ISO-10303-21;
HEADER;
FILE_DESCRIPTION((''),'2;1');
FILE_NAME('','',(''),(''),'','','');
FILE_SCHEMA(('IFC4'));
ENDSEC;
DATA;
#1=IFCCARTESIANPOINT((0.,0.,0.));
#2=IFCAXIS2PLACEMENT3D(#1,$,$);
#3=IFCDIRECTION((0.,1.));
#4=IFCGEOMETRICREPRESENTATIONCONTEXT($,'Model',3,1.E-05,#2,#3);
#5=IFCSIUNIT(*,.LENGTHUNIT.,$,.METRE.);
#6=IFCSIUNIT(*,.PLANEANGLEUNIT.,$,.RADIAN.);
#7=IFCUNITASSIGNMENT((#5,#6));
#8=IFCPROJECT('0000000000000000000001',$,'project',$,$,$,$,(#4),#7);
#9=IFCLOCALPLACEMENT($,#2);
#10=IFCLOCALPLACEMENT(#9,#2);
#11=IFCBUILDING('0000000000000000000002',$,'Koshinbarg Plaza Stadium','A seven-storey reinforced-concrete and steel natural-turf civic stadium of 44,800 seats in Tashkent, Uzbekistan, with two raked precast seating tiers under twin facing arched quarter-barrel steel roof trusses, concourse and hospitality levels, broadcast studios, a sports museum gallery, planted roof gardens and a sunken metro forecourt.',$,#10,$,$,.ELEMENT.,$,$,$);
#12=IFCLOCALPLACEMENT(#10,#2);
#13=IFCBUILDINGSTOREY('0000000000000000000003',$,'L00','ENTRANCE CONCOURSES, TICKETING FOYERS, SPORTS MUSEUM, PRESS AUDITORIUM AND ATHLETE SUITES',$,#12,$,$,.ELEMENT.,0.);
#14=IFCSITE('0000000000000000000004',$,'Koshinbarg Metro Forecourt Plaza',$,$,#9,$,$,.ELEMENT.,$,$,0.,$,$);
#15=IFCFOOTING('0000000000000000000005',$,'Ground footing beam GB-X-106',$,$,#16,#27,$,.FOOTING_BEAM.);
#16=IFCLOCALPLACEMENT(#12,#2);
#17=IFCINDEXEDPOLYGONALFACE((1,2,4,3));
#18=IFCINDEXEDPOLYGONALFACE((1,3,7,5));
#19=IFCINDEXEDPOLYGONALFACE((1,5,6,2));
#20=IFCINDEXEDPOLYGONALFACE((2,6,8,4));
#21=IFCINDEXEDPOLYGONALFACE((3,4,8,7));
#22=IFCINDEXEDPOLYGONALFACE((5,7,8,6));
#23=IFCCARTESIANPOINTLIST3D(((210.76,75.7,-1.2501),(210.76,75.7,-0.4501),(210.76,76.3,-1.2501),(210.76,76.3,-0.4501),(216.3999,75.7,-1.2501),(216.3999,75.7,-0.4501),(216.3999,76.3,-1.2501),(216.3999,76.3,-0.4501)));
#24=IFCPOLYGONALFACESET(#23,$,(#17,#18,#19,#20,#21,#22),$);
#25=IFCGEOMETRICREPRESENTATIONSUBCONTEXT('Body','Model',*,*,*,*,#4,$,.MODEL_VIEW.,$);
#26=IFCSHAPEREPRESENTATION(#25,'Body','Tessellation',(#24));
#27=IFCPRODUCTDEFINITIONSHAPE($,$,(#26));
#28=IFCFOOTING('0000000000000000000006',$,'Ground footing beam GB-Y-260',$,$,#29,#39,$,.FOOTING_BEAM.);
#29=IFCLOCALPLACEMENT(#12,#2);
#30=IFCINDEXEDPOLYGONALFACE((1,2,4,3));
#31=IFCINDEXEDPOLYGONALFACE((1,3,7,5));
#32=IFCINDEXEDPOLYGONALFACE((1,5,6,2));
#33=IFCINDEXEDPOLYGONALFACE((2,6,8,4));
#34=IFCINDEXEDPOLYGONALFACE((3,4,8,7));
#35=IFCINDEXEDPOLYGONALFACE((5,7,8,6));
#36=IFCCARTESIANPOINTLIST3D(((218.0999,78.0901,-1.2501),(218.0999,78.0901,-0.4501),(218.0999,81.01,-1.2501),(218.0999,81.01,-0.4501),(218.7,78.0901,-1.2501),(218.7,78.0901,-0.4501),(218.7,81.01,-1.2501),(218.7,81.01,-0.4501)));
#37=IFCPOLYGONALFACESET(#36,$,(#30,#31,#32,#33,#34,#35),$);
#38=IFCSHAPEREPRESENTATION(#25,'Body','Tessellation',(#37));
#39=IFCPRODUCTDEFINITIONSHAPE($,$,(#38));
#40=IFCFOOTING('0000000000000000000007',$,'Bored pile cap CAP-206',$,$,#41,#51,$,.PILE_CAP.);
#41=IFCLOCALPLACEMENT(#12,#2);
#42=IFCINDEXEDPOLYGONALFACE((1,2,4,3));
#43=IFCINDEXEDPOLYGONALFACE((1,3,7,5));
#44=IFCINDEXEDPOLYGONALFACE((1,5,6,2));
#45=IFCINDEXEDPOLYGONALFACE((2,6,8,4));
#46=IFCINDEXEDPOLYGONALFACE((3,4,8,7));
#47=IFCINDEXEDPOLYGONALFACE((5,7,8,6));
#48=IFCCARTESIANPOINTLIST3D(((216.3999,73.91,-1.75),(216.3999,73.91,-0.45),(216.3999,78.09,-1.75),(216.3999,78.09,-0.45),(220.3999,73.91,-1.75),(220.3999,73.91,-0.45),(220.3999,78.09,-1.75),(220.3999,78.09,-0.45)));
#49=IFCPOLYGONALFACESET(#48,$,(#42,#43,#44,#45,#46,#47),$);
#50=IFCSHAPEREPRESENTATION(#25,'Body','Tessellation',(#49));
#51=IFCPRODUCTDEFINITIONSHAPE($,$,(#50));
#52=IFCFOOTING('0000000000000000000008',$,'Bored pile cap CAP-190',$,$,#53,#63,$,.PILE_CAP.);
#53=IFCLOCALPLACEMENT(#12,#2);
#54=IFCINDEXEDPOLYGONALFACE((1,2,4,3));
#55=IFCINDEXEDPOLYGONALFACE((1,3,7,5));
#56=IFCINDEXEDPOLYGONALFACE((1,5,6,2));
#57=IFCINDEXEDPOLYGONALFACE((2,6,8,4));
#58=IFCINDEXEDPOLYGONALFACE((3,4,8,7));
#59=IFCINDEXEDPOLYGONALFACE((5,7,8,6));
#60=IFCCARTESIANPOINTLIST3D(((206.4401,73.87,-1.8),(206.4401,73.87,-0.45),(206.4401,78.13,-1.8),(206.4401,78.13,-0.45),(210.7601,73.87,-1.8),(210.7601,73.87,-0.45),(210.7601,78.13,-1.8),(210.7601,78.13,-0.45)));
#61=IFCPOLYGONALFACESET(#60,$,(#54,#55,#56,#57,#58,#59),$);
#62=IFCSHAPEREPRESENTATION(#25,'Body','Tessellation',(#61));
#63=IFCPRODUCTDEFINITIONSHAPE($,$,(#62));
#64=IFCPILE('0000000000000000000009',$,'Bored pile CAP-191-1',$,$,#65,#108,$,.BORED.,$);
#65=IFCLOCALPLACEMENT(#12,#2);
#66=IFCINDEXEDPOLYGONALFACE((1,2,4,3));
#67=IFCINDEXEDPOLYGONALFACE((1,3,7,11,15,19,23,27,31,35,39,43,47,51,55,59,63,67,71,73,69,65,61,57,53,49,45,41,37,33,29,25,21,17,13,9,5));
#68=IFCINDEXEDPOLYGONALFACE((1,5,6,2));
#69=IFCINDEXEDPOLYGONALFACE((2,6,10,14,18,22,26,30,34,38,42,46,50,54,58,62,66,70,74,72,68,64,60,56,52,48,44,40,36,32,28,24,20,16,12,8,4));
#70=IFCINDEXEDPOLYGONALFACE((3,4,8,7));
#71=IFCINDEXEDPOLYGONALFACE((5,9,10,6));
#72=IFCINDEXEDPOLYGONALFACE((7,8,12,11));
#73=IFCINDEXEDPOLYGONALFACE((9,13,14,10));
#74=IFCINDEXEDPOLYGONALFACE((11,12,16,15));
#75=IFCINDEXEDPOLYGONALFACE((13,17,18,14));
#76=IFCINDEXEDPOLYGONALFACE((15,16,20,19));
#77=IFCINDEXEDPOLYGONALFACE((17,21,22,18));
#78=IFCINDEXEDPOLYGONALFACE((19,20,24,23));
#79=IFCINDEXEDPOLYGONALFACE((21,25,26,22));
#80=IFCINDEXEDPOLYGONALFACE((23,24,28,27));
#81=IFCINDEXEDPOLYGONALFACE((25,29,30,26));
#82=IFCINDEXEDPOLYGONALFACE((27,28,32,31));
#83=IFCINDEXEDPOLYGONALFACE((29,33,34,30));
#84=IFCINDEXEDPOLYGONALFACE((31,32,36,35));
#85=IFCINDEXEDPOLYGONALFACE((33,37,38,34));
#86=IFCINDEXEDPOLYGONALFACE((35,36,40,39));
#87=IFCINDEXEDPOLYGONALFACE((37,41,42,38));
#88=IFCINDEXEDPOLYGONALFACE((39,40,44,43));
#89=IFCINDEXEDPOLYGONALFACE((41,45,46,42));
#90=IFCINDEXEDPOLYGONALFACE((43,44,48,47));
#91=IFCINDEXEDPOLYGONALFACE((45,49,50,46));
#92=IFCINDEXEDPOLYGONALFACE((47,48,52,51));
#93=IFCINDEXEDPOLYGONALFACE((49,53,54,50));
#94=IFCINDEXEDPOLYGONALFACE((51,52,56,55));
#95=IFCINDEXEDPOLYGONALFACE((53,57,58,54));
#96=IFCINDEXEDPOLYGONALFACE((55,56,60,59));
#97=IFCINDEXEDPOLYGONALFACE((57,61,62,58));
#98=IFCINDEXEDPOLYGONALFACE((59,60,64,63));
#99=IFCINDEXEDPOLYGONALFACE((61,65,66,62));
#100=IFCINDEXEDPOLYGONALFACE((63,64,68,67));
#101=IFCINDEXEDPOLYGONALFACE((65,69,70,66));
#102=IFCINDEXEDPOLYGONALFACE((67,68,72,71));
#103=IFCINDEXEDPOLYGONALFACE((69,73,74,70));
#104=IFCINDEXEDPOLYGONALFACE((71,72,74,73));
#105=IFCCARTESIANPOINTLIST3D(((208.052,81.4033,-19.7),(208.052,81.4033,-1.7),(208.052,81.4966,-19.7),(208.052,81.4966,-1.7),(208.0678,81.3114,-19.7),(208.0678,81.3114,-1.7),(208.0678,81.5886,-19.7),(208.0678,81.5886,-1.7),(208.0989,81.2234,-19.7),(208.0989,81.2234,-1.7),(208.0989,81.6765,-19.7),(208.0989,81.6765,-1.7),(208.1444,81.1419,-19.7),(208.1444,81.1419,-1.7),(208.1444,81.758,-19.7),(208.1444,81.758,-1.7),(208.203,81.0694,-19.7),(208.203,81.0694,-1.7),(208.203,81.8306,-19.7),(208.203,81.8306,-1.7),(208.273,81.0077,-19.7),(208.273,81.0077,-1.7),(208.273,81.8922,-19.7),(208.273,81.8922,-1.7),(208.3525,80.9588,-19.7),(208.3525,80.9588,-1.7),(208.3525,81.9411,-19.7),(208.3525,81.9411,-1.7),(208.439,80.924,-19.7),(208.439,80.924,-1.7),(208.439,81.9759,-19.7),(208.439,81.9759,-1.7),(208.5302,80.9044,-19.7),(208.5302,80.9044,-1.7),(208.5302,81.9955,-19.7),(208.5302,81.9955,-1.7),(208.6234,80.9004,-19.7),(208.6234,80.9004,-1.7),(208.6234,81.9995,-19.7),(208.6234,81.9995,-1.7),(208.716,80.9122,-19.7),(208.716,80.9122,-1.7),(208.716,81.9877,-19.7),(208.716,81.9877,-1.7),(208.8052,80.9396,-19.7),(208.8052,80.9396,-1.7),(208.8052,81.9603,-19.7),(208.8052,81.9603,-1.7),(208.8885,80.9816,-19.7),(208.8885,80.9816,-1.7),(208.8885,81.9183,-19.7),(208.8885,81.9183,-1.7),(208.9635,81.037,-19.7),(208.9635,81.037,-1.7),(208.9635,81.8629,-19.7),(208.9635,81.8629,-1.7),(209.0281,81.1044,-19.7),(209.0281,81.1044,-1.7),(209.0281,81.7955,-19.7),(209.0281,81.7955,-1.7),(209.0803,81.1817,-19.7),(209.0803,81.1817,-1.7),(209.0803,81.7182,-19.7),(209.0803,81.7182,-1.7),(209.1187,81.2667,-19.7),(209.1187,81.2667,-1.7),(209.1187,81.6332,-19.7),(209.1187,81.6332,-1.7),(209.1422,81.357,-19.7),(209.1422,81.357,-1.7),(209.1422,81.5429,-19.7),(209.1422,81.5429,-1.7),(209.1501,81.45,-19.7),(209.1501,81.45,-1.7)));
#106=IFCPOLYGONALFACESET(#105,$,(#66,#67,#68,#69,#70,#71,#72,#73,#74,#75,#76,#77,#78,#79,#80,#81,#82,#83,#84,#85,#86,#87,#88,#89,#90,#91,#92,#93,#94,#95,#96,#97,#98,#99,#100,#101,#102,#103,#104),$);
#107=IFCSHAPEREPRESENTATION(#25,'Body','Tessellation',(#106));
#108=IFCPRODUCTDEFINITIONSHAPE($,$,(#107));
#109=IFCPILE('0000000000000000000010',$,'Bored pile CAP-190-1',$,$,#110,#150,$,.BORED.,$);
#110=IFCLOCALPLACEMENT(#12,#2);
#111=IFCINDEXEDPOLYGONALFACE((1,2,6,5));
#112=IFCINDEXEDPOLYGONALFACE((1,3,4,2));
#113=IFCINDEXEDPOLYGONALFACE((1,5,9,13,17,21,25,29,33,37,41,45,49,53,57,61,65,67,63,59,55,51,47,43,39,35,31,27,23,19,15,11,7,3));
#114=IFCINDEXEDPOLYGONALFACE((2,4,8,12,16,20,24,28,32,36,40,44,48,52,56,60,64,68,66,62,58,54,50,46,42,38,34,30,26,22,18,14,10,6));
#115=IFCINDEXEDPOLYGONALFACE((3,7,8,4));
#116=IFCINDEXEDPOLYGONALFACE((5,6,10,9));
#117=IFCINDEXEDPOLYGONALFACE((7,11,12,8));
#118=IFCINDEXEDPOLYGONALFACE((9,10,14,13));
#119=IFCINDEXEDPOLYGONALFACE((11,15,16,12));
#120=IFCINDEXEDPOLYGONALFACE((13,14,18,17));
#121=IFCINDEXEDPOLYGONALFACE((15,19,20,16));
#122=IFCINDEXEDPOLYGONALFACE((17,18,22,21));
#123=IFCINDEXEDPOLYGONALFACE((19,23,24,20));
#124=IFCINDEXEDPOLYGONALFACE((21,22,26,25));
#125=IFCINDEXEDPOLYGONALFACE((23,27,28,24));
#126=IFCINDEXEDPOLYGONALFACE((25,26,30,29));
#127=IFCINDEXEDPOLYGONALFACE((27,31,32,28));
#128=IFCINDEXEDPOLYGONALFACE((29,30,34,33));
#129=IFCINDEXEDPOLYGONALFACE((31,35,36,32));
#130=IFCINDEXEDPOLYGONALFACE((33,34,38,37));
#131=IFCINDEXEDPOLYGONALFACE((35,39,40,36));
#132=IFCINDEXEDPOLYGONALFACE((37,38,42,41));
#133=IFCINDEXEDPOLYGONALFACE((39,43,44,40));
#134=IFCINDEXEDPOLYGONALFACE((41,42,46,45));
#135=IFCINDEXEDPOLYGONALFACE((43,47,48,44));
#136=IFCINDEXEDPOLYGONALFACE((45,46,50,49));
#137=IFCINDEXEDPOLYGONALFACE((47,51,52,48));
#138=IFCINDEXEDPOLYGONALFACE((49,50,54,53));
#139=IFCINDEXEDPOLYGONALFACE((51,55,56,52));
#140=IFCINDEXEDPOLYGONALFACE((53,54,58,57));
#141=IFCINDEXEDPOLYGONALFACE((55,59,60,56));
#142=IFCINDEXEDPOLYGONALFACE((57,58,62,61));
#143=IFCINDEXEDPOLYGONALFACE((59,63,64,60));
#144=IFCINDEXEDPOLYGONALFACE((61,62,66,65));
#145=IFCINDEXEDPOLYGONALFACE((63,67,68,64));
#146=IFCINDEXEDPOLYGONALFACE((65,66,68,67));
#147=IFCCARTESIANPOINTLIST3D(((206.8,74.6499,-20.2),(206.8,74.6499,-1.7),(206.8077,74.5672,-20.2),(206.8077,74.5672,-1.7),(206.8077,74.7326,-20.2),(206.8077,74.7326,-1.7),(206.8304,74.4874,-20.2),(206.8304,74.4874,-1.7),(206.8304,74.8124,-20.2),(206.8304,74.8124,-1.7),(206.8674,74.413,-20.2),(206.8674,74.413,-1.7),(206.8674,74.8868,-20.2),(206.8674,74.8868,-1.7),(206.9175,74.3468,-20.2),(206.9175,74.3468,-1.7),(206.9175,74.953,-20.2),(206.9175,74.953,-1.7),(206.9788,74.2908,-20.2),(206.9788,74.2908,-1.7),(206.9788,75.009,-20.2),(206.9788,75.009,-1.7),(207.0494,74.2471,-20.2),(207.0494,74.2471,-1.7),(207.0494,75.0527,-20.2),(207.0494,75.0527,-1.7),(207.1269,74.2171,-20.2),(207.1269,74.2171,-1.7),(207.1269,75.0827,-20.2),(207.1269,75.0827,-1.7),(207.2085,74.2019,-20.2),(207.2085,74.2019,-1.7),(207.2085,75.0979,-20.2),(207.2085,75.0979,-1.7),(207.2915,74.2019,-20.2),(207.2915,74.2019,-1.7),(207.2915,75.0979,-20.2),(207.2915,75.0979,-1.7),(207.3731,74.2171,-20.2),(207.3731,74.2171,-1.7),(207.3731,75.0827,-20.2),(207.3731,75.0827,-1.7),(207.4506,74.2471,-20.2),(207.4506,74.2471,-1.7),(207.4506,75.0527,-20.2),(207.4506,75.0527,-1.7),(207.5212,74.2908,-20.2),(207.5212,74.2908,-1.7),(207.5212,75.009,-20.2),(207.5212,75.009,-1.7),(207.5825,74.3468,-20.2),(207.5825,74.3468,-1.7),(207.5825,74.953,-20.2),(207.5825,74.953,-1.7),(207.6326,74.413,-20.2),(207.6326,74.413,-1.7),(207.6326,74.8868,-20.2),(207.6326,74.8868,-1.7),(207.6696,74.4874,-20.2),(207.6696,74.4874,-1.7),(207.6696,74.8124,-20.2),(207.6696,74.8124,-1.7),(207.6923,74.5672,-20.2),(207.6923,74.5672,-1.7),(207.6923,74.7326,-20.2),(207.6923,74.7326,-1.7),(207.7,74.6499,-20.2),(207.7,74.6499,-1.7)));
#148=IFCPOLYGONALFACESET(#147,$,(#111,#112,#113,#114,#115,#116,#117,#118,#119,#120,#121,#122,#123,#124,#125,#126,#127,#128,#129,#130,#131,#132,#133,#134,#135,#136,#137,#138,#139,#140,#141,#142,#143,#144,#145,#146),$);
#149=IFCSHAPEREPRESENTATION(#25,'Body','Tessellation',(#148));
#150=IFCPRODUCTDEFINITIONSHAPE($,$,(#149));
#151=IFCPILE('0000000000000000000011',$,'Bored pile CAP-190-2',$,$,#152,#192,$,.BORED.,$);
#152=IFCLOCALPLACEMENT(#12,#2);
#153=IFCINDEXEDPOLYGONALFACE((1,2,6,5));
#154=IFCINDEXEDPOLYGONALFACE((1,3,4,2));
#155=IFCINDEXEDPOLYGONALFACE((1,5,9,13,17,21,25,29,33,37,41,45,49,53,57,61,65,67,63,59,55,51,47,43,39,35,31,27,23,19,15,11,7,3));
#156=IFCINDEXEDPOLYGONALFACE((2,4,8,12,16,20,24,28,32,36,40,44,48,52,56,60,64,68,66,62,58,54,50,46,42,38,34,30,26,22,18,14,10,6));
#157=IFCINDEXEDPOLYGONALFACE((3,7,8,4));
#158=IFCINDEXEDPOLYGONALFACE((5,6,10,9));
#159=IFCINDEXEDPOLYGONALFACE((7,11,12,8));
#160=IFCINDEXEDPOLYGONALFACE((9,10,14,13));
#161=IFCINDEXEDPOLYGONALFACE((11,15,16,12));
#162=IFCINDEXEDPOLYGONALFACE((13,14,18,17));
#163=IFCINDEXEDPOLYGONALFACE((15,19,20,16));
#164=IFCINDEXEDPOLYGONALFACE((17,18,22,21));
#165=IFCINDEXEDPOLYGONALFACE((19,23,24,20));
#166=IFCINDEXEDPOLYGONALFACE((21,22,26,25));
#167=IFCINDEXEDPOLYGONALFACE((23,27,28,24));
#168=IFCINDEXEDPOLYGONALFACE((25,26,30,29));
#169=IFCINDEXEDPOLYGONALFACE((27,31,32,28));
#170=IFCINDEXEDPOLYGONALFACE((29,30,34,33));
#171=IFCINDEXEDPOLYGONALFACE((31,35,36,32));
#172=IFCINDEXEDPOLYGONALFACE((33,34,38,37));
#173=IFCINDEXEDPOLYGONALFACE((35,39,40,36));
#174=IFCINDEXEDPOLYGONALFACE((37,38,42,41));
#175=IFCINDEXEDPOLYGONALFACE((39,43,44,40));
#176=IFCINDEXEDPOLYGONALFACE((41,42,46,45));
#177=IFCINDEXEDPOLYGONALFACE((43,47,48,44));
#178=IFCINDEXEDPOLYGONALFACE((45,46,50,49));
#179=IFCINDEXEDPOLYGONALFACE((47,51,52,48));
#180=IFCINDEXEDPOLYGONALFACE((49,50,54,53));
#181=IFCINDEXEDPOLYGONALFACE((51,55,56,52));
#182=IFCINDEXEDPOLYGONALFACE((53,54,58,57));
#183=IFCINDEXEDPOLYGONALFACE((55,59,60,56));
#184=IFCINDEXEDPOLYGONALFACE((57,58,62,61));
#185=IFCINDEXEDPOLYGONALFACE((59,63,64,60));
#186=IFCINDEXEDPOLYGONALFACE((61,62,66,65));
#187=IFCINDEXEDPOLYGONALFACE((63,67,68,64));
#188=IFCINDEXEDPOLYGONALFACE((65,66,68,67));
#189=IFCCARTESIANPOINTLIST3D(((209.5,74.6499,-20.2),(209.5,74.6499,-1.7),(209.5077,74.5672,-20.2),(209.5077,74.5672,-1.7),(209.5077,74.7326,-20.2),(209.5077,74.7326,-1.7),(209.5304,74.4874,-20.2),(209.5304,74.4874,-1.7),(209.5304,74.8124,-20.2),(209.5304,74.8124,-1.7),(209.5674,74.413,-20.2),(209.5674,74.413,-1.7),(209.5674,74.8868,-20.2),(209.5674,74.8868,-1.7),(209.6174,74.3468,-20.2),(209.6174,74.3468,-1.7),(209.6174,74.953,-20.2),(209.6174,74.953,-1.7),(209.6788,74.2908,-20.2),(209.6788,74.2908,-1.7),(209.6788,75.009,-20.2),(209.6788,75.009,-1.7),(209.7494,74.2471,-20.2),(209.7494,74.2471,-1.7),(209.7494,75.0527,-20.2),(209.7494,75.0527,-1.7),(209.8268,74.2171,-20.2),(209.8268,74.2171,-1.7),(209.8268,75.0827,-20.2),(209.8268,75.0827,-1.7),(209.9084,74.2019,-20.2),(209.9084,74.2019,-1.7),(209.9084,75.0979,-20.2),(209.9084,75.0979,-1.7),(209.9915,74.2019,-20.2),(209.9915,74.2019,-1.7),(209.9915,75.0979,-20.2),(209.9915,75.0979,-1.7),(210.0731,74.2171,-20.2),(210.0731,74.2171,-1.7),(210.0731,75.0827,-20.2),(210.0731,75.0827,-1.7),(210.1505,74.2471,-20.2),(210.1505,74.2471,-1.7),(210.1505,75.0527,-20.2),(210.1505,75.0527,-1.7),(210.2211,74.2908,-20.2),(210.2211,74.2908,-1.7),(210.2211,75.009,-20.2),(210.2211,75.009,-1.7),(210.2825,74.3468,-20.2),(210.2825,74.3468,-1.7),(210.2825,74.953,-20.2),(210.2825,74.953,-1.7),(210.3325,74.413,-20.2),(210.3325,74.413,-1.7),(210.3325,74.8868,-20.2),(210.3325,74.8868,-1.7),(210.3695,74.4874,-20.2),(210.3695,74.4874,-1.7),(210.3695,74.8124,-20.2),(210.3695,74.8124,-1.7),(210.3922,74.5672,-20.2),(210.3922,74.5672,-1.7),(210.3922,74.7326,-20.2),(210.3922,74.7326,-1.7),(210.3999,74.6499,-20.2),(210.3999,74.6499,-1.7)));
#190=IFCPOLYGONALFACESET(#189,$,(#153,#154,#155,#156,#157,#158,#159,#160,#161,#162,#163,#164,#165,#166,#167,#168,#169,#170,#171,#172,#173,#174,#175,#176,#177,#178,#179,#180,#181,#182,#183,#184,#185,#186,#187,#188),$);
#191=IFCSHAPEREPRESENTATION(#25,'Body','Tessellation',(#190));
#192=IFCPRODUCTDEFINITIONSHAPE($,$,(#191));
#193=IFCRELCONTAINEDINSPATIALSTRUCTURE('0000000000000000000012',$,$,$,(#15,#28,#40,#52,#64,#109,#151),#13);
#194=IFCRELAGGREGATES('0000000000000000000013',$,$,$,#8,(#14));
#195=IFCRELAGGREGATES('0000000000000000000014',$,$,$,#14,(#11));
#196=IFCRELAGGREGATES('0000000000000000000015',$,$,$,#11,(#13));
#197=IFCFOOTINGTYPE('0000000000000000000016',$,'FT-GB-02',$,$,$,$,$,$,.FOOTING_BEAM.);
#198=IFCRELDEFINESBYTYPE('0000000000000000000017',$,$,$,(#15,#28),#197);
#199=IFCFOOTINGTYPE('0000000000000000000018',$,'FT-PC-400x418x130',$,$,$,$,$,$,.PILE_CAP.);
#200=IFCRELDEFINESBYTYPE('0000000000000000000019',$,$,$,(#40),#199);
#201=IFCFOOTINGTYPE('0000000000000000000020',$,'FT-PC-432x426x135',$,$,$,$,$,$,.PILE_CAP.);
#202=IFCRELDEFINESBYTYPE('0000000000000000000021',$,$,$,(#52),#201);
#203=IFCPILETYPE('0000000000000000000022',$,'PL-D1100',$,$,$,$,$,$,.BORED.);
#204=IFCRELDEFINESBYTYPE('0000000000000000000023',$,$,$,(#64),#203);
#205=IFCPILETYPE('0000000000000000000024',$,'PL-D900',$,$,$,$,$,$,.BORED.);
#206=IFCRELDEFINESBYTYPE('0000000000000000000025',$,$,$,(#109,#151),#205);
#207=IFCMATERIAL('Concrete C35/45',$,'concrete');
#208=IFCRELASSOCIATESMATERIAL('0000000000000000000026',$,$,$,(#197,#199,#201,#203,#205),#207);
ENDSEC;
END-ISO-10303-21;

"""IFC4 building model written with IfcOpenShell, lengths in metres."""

from ifc_helpers import new_model, si_unit, direction, frame, origin, origin_2d, place, context, subcontext, project, spatial, rectangle, circle, extrude, material, material_profile, profile_set, type_object, element, save


model = new_model("IFC4")

# Units and contexts
model_context = context("Model", 3, precision=1e-05, world=origin(), true_north=direction((0.0, 1.0)))
body_context = subcontext(model_context, "Body", "Model", "MODEL_VIEW")
ifc_project = project(units=[si_unit("LENGTHUNIT", "METRE"), si_unit("PLANEANGLEUNIT", "RADIAN")], contexts=[model_context])

# Site, building, storey
site_placement = place(None, origin())
site = spatial("IfcSite", under=ifc_project, at=site_placement, Name="Koshinbarg Metro Forecourt Plaza", CompositionType="ELEMENT", RefElevation=0.0)
building_placement = place(site_placement, origin())
building = spatial("IfcBuilding", under=site, at=building_placement, Name="Koshinbarg Plaza Stadium", Description="A seven-storey reinforced-concrete and steel natural-turf civic stadium of 44,800 seats in Tashkent, Uzbekistan, with two raked precast seating tiers under twin facing arched quarter-barrel steel roof trusses, concourse and hospitality levels, broadcast studios, a sports museum gallery, planted roof gardens and a sunken metro forecourt.", CompositionType="ELEMENT")
storey_placement = place(building_placement, origin())
storey = spatial("IfcBuildingStorey", under=building, at=storey_placement, Name="L00", Description="ENTRANCE CONCOURSES, TICKETING FOYERS, SPORTS MUSEUM, PRESS AUDITORIUM AND ATHLETE SUITES", CompositionType="ELEMENT", Elevation=0.0)

# Footings
ifc_material_1 = material(Name="Concrete C35/45", Category="concrete")
ifc_material_profile_1 = material_profile(ifc_material_1, rectangle(XDim=0.6001, YDim=0.8, at=origin_2d()), Name="GB 600x800")
ifc_profile_set_1 = profile_set([ifc_material_profile_1], Name="Concrete C35/45")
footing_type_1 = type_object("IfcFootingType", Name="FT-GB-02", PredefinedType="FOOTING_BEAM", material=ifc_profile_set_1)
footing_1_placement = place(storey_placement, frame((210.76, 76.0, -0.8501), z_axis=(1.0, 0.0, 0.0), x_axis=(0.0, 1.0, 0.0)))
element("IfcFooting", 1, at=footing_1_placement, inside=storey, type_object=footing_type_1, Name="Ground footing beam GB-X-106", PredefinedType="FOOTING_BEAM", context=body_context, shape_type="SweptSolid", body=[
    extrude(rectangle(XDim=0.6001, YDim=0.8, at=origin_2d()), origin(), (0.0, 0.0, 1.0), 5.6399),
])
footing_2_placement = place(storey_placement, frame((218.3999, 78.0901, -0.8501), z_axis=(0.0, 1.0, 0.0), x_axis=(-1.0, 0.0, 0.0)))
element("IfcFooting", 2, at=footing_2_placement, inside=storey, type_object=footing_type_1, Name="Ground footing beam GB-Y-260", PredefinedType="FOOTING_BEAM", context=body_context, shape_type="SweptSolid", body=[
    extrude(rectangle(XDim=0.6001, YDim=0.8, at=origin_2d()), origin(), (0.0, 0.0, 1.0), 2.9199),
])
footing_type_2 = type_object("IfcFootingType", Name="FT-PC-400x418x130", PredefinedType="PILE_CAP", material=ifc_material_1)
footing_3_placement = place(storey_placement, frame((218.3999, 76.0, -1.75), z_axis=(0.0, 0.0, 1.0), x_axis=(1.0, 0.0, 0.0)))
element("IfcFooting", 3, at=footing_3_placement, inside=storey, type_object=footing_type_2, Name="Bored pile cap CAP-206", PredefinedType="PILE_CAP", context=body_context, shape_type="SweptSolid", body=[
    extrude(rectangle(XDim=4.0, YDim=4.1799, at=origin_2d()), origin(), (0.0, 0.0, 1.0), 1.3),
])
footing_type_3 = type_object("IfcFootingType", Name="FT-PC-432x426x135", PredefinedType="PILE_CAP", material=ifc_material_1)
footing_4_placement = place(storey_placement, frame((208.6001, 76.0, -1.8), z_axis=(0.0, 0.0, 1.0), x_axis=(1.0, 0.0, 0.0)))
element("IfcFooting", 4, at=footing_4_placement, inside=storey, type_object=footing_type_3, Name="Bored pile cap CAP-190", PredefinedType="PILE_CAP", context=body_context, shape_type="SweptSolid", body=[
    extrude(rectangle(XDim=4.3201, YDim=4.26, at=origin_2d()), origin(), (0.0, 0.0, 1.0), 1.3501),
])

# Piles
ifc_material_profile_2 = material_profile(ifc_material_1, circle(Radius=0.55, at=origin_2d()), Name="PILE D1100")
ifc_profile_set_2 = profile_set([ifc_material_profile_2], Name="Concrete C35/45")
pile_type_1 = type_object("IfcPileType", Name="PL-D1100", PredefinedType="BORED", material=ifc_profile_set_2)
pile_1_placement = place(storey_placement, frame((208.6001, 81.45, -1.7), z_axis=(0.0, 0.0, -1.0), x_axis=(1.0, 0.0, 0.0)))
element("IfcPile", 5, at=pile_1_placement, inside=storey, type_object=pile_type_1, Name="Bored pile CAP-191-1", PredefinedType="BORED", context=body_context, shape_type="SweptSolid", body=[
    extrude(circle(Radius=0.55, at=origin_2d()), origin(), (0.0, 0.0, 1.0), 18.0),
])
ifc_material_profile_3 = material_profile(ifc_material_1, circle(Radius=0.45, at=origin_2d()), Name="PILE D900")
ifc_profile_set_3 = profile_set([ifc_material_profile_3], Name="Concrete C35/45")
pile_type_2 = type_object("IfcPileType", Name="PL-D900", PredefinedType="BORED", material=ifc_profile_set_3)
for number, where, z_axis, x_axis, name in (
    (6, (207.25, 74.6499, -1.7), (0.0, 0.0, -1.0), (1.0, 0.0, 0.0), "Bored pile CAP-190-1"),
    (7, (209.95, 74.6499, -1.7), (0.0, 0.0, -1.0), (1.0, 0.0, 0.0), "Bored pile CAP-190-2"),
):
    element("IfcPile", number, at=place(storey_placement, frame(where, z_axis=z_axis, x_axis=x_axis)), inside=storey, type_object=pile_type_2, Name=name, PredefinedType="BORED", context=body_context, shape_type="SweptSolid", body=[
        extrude(circle(Radius=0.45, at=origin_2d()), origin(), (0.0, 0.0, 1.0), 18.5),
    ])

save(model, "model.ifc")
